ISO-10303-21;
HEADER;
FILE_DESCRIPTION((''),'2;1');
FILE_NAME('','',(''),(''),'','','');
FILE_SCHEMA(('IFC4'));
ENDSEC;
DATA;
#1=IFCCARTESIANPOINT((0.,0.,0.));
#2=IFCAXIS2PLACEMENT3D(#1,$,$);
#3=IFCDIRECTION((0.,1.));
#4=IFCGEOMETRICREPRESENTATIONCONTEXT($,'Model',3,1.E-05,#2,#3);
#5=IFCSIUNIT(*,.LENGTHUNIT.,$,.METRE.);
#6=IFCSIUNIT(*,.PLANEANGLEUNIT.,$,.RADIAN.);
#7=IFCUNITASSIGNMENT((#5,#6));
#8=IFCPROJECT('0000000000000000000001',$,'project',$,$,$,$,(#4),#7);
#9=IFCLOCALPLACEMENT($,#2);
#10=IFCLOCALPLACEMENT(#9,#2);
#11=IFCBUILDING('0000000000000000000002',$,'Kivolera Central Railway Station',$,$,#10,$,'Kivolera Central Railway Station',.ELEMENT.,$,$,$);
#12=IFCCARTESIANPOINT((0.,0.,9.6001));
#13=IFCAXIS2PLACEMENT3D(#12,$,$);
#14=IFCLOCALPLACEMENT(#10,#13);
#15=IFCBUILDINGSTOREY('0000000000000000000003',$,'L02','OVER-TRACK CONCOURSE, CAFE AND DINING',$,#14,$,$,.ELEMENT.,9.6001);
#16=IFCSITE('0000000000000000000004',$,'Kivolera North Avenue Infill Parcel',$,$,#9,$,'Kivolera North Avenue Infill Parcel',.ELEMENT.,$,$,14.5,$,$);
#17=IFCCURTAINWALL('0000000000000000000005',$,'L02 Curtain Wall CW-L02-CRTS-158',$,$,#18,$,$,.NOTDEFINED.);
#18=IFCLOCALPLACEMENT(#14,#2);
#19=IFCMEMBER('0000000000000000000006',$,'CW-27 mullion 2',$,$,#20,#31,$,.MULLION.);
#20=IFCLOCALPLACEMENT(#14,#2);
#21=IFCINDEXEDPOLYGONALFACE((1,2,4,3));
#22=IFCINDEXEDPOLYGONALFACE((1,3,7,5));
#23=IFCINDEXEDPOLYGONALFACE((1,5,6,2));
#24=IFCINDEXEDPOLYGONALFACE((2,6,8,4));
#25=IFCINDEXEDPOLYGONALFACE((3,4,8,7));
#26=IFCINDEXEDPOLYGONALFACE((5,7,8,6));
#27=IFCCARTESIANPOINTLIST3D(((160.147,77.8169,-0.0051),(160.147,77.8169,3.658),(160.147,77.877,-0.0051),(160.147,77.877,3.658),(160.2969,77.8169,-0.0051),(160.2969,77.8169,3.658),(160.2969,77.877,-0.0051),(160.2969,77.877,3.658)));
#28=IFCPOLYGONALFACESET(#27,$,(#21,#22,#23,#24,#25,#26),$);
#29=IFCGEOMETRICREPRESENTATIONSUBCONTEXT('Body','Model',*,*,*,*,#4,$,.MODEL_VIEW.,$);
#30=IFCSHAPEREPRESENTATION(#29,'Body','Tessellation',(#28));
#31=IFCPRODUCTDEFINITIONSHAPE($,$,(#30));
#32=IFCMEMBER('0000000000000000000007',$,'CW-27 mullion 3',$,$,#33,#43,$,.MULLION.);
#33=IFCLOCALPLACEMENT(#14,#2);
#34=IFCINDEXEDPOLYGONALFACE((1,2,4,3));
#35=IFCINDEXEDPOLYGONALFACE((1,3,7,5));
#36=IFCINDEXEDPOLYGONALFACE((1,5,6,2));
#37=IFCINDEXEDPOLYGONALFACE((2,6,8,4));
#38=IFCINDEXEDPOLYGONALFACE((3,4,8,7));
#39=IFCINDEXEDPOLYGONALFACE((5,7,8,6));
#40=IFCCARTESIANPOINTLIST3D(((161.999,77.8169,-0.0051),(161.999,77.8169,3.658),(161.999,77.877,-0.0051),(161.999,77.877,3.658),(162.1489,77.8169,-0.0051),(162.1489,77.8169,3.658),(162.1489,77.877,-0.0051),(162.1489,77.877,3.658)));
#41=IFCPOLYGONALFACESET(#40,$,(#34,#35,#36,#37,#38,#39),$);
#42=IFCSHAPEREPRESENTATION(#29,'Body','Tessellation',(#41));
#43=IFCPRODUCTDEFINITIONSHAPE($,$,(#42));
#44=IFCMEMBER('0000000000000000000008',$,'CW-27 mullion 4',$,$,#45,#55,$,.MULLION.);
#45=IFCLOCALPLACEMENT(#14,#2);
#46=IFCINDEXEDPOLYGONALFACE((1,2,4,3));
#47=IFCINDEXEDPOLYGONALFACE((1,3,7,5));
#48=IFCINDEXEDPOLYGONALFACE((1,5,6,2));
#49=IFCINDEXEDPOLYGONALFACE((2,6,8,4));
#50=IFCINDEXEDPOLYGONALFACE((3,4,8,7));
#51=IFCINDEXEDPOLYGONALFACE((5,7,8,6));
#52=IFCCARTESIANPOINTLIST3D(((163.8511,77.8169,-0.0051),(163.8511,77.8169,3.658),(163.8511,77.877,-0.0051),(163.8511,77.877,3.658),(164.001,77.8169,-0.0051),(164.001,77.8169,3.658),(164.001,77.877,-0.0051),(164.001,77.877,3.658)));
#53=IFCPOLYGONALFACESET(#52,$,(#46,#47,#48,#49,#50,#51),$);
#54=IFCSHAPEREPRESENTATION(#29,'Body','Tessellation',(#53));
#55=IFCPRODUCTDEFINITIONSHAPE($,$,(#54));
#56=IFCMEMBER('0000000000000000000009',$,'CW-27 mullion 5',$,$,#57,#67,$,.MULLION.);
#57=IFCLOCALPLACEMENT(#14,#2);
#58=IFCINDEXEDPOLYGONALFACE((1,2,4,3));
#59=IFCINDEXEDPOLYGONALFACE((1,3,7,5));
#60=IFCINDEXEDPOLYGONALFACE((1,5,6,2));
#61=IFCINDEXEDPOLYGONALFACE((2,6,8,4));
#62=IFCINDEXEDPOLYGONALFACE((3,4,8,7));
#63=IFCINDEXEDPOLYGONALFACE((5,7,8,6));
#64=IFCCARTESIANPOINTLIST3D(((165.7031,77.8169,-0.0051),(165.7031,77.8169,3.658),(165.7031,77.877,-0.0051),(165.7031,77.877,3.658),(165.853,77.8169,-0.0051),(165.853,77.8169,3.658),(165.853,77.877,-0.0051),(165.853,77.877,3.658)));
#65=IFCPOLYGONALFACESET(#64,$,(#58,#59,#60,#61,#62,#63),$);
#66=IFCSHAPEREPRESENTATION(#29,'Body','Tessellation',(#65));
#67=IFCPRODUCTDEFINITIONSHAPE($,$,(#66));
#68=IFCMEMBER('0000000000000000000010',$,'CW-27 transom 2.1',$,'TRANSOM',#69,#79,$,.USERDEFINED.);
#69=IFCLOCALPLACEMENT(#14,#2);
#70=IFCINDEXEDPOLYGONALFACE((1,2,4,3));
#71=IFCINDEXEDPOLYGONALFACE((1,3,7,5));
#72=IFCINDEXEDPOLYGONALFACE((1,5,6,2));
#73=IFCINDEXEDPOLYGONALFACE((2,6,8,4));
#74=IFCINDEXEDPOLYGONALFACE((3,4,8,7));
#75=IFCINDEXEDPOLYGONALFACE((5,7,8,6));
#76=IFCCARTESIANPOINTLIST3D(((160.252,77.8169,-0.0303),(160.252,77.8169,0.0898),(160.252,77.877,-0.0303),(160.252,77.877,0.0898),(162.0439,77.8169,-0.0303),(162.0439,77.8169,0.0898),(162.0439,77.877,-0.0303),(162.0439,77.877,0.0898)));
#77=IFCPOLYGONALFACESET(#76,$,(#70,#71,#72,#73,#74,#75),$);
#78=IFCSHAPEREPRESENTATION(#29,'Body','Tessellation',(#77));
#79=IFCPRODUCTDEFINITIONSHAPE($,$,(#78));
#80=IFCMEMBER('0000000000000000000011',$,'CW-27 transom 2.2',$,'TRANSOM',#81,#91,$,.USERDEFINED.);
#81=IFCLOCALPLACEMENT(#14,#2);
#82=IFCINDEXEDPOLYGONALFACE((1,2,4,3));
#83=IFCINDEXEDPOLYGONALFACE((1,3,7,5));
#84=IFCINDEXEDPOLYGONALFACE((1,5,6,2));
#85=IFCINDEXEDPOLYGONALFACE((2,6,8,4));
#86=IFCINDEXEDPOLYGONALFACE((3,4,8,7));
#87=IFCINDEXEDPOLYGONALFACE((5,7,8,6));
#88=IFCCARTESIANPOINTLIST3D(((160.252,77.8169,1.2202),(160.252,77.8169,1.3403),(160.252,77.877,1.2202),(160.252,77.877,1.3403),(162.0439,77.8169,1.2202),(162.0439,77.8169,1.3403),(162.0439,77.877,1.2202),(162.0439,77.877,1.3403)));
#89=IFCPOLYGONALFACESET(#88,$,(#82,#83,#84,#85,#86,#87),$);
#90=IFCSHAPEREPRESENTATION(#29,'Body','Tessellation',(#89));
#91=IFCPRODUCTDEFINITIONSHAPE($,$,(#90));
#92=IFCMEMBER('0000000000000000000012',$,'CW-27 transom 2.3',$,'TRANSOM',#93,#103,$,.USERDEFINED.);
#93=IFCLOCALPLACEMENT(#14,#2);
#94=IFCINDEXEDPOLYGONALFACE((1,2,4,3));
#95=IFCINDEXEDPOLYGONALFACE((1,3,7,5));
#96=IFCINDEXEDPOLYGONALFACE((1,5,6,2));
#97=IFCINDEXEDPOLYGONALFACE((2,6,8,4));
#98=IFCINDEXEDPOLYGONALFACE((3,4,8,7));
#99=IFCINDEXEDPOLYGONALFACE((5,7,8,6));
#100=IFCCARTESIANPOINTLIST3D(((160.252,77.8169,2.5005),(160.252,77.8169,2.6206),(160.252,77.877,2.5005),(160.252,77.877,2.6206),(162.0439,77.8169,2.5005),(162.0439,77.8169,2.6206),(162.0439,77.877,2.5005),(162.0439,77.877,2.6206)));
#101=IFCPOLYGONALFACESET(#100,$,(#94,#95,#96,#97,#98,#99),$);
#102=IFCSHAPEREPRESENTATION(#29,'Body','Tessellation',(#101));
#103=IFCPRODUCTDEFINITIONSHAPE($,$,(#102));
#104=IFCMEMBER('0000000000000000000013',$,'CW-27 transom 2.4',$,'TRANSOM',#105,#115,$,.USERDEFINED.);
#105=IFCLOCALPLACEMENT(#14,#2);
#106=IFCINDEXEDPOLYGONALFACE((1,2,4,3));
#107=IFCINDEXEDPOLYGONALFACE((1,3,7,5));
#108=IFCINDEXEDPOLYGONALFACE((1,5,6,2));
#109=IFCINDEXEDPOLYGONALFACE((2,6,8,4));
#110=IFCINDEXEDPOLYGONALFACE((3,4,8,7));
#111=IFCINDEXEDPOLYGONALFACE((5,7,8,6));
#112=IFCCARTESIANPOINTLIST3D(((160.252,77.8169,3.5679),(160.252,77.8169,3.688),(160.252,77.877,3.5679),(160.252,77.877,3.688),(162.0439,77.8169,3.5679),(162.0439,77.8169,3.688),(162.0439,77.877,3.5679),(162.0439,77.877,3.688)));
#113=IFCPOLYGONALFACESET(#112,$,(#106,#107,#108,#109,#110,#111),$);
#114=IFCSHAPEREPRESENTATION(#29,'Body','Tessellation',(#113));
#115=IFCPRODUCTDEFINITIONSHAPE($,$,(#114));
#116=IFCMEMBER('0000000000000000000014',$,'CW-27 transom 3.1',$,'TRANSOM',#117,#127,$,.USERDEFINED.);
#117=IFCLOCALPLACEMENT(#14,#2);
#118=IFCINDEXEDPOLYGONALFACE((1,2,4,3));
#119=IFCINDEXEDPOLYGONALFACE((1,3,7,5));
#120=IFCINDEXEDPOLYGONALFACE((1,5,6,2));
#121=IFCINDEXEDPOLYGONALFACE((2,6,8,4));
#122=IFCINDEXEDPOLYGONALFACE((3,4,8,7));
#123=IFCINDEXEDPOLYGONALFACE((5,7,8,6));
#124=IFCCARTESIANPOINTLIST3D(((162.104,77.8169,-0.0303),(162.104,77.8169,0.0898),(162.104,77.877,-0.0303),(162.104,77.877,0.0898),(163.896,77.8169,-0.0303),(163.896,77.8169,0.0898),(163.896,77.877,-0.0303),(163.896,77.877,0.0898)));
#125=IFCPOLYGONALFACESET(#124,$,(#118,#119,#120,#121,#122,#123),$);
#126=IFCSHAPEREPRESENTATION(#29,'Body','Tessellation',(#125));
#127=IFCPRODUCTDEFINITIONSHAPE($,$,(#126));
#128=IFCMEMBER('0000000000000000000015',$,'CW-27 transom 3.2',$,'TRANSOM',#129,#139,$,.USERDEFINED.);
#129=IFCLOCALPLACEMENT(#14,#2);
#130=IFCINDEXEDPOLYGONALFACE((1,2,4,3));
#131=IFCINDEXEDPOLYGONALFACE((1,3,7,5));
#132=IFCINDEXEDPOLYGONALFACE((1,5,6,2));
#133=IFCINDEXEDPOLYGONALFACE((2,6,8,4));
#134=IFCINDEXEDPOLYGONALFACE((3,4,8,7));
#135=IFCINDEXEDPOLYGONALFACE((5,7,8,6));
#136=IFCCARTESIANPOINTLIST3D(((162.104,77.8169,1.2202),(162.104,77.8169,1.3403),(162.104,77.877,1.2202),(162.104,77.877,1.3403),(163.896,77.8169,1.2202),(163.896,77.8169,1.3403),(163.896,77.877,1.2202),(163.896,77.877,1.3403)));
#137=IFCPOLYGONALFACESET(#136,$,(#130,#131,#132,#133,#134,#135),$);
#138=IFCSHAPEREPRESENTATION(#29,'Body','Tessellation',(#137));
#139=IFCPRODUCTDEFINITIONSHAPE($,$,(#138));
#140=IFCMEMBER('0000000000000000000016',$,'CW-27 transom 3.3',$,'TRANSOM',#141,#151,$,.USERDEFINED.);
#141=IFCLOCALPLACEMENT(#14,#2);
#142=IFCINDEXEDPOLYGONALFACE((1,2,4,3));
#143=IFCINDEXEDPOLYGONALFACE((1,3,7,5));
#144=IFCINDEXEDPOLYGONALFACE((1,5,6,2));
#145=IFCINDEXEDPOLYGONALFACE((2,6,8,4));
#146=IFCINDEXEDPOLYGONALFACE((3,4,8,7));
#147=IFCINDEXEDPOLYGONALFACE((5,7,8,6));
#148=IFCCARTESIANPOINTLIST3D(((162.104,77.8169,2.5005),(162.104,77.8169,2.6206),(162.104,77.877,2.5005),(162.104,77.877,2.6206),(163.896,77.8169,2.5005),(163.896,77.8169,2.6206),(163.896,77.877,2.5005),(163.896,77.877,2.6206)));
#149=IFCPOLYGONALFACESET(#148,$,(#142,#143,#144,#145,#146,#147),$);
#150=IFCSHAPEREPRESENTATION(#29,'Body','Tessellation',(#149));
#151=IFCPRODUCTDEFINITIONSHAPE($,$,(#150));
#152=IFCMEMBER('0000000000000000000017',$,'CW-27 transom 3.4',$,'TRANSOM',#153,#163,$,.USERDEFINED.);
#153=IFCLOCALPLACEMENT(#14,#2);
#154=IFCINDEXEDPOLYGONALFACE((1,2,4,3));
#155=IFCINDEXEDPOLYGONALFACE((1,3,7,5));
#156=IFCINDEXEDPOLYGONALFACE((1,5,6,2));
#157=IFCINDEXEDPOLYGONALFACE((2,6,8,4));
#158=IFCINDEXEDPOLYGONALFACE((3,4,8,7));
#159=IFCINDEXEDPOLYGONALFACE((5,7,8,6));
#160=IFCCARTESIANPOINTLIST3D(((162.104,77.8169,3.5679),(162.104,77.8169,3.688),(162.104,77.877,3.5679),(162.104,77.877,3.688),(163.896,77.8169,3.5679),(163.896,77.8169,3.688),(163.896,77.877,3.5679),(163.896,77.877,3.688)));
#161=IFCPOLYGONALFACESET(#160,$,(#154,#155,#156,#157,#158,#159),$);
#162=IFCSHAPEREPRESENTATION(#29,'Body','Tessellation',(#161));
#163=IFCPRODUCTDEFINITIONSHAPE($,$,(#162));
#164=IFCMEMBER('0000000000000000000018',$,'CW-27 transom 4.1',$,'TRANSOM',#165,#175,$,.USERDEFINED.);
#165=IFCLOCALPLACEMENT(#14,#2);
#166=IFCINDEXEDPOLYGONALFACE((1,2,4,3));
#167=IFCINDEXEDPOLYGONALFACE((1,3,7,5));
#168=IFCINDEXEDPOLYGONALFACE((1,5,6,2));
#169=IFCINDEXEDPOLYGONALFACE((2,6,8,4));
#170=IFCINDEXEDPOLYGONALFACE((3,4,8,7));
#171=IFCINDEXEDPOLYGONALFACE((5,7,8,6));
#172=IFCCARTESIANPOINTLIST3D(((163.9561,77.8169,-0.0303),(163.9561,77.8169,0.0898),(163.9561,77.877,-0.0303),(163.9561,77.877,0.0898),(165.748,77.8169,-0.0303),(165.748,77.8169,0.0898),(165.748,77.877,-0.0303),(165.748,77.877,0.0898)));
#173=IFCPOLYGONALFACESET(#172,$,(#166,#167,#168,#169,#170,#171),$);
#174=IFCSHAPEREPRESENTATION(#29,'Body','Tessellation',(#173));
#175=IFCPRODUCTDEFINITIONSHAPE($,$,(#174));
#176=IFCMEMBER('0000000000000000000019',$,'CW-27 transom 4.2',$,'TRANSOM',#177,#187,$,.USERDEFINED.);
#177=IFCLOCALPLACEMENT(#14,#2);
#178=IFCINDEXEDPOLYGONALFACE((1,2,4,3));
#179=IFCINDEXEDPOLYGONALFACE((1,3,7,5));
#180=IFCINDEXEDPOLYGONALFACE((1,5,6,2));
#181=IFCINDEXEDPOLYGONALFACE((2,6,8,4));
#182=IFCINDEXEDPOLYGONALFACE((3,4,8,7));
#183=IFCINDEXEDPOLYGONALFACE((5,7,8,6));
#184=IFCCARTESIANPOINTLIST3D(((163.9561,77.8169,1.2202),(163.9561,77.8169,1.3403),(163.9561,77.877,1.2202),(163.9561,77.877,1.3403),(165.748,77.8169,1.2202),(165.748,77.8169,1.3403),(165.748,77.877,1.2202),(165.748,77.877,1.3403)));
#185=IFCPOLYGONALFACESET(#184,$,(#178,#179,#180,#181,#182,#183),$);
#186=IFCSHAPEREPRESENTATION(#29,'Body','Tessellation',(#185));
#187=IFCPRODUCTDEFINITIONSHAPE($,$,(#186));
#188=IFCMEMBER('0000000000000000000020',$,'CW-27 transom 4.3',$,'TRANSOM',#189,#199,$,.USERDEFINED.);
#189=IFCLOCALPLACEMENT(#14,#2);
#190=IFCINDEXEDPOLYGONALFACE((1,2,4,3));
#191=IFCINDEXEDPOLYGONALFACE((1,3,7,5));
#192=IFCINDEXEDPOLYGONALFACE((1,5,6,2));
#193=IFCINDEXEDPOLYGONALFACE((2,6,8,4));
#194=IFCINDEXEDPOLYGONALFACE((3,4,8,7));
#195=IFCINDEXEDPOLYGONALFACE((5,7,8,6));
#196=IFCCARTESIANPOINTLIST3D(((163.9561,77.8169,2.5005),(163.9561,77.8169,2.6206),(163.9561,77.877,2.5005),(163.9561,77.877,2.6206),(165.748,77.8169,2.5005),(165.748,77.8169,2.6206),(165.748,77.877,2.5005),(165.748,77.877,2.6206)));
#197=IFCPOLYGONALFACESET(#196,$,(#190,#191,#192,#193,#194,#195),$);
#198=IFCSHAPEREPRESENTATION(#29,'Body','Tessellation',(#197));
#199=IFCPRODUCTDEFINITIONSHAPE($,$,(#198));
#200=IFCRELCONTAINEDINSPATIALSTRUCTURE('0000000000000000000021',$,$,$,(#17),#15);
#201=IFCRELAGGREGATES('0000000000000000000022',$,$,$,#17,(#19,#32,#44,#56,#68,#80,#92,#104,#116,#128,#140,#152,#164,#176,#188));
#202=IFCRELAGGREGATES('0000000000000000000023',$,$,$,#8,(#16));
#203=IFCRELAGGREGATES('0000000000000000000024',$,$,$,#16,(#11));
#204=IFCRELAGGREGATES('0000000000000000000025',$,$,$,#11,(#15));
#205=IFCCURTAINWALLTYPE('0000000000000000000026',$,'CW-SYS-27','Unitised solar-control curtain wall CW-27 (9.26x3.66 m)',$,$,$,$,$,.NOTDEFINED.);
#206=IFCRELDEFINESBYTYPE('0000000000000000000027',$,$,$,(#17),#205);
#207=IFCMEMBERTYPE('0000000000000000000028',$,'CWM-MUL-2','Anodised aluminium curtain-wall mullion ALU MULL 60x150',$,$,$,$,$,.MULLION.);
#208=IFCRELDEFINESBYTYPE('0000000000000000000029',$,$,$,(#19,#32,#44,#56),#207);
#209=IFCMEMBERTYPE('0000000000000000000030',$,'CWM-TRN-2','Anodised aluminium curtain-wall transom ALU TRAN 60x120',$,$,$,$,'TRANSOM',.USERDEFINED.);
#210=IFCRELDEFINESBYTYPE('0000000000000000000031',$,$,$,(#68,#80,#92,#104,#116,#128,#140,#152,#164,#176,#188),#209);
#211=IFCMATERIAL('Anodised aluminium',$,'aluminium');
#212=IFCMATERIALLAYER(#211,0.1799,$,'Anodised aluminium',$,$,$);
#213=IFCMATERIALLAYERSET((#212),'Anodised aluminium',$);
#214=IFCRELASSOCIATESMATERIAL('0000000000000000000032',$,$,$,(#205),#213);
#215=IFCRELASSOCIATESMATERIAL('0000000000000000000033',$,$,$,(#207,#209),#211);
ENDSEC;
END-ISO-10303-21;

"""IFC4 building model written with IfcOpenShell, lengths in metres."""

from ifc_helpers import new_model, si_unit, direction, frame, origin, origin_2d, place, context, subcontext, project, spatial, rectangle, extrude, material, layer, layer_set, material_profile, profile_set, type_object, element, aggregate, save


model = new_model("IFC4")

# Units and contexts
model_context = context("Model", 3, precision=1e-05, world=origin(), true_north=direction((0.0, 1.0)))
body_context = subcontext(model_context, "Body", "Model", "MODEL_VIEW")
ifc_project = project(units=[si_unit("LENGTHUNIT", "METRE"), si_unit("PLANEANGLEUNIT", "RADIAN")], contexts=[model_context])

# Site, building, storey
site_placement = place(None, origin())
site = spatial("IfcSite", under=ifc_project, at=site_placement, Name="Kivolera North Avenue Infill Parcel", LongName="Kivolera North Avenue Infill Parcel", CompositionType="ELEMENT", RefElevation=14.5)
building_placement = place(site_placement, origin())
building = spatial("IfcBuilding", under=site, at=building_placement, Name="Kivolera Central Railway Station", LongName="Kivolera Central Railway Station", CompositionType="ELEMENT")
storey_placement = place(building_placement, frame((0.0, 0.0, 9.6001)))
storey = spatial("IfcBuildingStorey", under=building, at=storey_placement, Name="L02", Description="OVER-TRACK CONCOURSE, CAFE AND DINING", CompositionType="ELEMENT", Elevation=9.6001)

# Curtain wall, members
ifc_material_1 = material(Name="Anodised aluminium", Category="aluminium")
ifc_layer_1 = layer(ifc_material_1, 0.1799, Name="Anodised aluminium")
ifc_layer_set_1 = layer_set([ifc_layer_1], Name="Anodised aluminium")
curtain_wall_type = type_object("IfcCurtainWallType", Name="CW-SYS-27", Description="Unitised solar-control curtain wall CW-27 (9.26x3.66 m)", PredefinedType="NOTDEFINED", material=ifc_layer_set_1)
curtain_wall_placement = place(storey_placement, origin())
curtain_wall = element("IfcCurtainWall", 1, at=curtain_wall_placement, inside=storey, type_object=curtain_wall_type, Name="L02 Curtain Wall CW-L02-CRTS-158", PredefinedType="NOTDEFINED")
ifc_material_profile_1 = material_profile(ifc_material_1, rectangle(XDim=0.0601, YDim=0.1499, at=origin_2d()), Name="ALU MULL 60x150")
ifc_profile_set_1 = profile_set([ifc_material_profile_1], Name="Anodised aluminium")
member_type_1 = type_object("IfcMemberType", Name="CWM-MUL-2", Description="Anodised aluminium curtain-wall mullion ALU MULL 60x150", PredefinedType="MULLION", material=ifc_profile_set_1)
member_1_placement = place(storey_placement, frame((160.2219, 77.8469, -0.0051), z_axis=(0.0, 0.0, 1.0), x_axis=(0.0, 1.0, 0.0)))
member_1 = element("IfcMember", 2, at=member_1_placement, type_object=member_type_1, Name="CW-27 mullion 2", PredefinedType="MULLION", context=body_context, shape_type="SweptSolid", body=[
    extrude(rectangle(XDim=0.0601, YDim=0.1499, at=origin_2d()), origin(), (0.0, 0.0, 1.0), 3.6631),
])
member_2_placement = place(storey_placement, frame((162.074, 77.8469, -0.0051), z_axis=(0.0, 0.0, 1.0), x_axis=(0.0, 1.0, 0.0)))
member_2 = element("IfcMember", 3, at=member_2_placement, type_object=member_type_1, Name="CW-27 mullion 3", PredefinedType="MULLION", context=body_context, shape_type="SweptSolid", body=[
    extrude(rectangle(XDim=0.0601, YDim=0.1499, at=origin_2d()), origin(), (0.0, 0.0, 1.0), 3.6631),
])
member_3_placement = place(storey_placement, frame((163.926, 77.8469, -0.0051), z_axis=(0.0, 0.0, 1.0), x_axis=(0.0, 1.0, 0.0)))
member_3 = element("IfcMember", 4, at=member_3_placement, type_object=member_type_1, Name="CW-27 mullion 4", PredefinedType="MULLION", context=body_context, shape_type="SweptSolid", body=[
    extrude(rectangle(XDim=0.0601, YDim=0.1499, at=origin_2d()), origin(), (0.0, 0.0, 1.0), 3.6631),
])
member_4_placement = place(storey_placement, frame((165.7781, 77.8469, -0.0051), z_axis=(0.0, 0.0, 1.0), x_axis=(0.0, 1.0, 0.0)))
member_4 = element("IfcMember", 5, at=member_4_placement, type_object=member_type_1, Name="CW-27 mullion 5", PredefinedType="MULLION", context=body_context, shape_type="SweptSolid", body=[
    extrude(rectangle(XDim=0.0601, YDim=0.1499, at=origin_2d()), origin(), (0.0, 0.0, 1.0), 3.6631),
])
ifc_material_profile_2 = material_profile(ifc_material_1, rectangle(XDim=0.0601, YDim=0.1201, at=origin_2d()), Name="ALU TRAN 60x120")
ifc_profile_set_2 = profile_set([ifc_material_profile_2], Name="Anodised aluminium")
member_type_2 = type_object("IfcMemberType", Name="CWM-TRN-2", Description="Anodised aluminium curtain-wall transom ALU TRAN 60x120", ElementType="TRANSOM", PredefinedType="USERDEFINED", material=ifc_profile_set_2)
member_5_placement = place(storey_placement, frame((160.252, 77.8469, 0.0298), z_axis=(1.0, 0.0, 0.0), x_axis=(0.0, 1.0, 0.0)))
member_5 = element("IfcMember", 6, at=member_5_placement, type_object=member_type_2, Name="CW-27 transom 2.1", ObjectType="TRANSOM", PredefinedType="USERDEFINED", context=body_context, shape_type="SweptSolid", body=[
    extrude(rectangle(XDim=0.0601, YDim=0.1201, at=origin_2d()), origin(), (0.0, 0.0, 1.0), 1.792),
])
member_6_placement = place(storey_placement, frame((160.252, 77.8469, 1.2803), z_axis=(1.0, 0.0, 0.0), x_axis=(0.0, 1.0, 0.0)))
member_6 = element("IfcMember", 7, at=member_6_placement, type_object=member_type_2, Name="CW-27 transom 2.2", ObjectType="TRANSOM", PredefinedType="USERDEFINED", context=body_context, shape_type="SweptSolid", body=[
    extrude(rectangle(XDim=0.0601, YDim=0.1201, at=origin_2d()), origin(), (0.0, 0.0, 1.0), 1.792),
])
member_7_placement = place(storey_placement, frame((160.252, 77.8469, 2.5605), z_axis=(1.0, 0.0, 0.0), x_axis=(0.0, 1.0, 0.0)))
member_7 = element("IfcMember", 8, at=member_7_placement, type_object=member_type_2, Name="CW-27 transom 2.3", ObjectType="TRANSOM", PredefinedType="USERDEFINED", context=body_context, shape_type="SweptSolid", body=[
    extrude(rectangle(XDim=0.0601, YDim=0.1201, at=origin_2d()), origin(), (0.0, 0.0, 1.0), 1.792),
])
member_8_placement = place(storey_placement, frame((160.252, 77.8469, 3.6279), z_axis=(1.0, 0.0, 0.0), x_axis=(0.0, 1.0, 0.0)))
member_8 = element("IfcMember", 9, at=member_8_placement, type_object=member_type_2, Name="CW-27 transom 2.4", ObjectType="TRANSOM", PredefinedType="USERDEFINED", context=body_context, shape_type="SweptSolid", body=[
    extrude(rectangle(XDim=0.0601, YDim=0.1201, at=origin_2d()), origin(), (0.0, 0.0, 1.0), 1.792),
])
member_9_placement = place(storey_placement, frame((162.104, 77.8469, 0.0298), z_axis=(1.0, 0.0, 0.0), x_axis=(0.0, 1.0, 0.0)))
member_9 = element("IfcMember", 10, at=member_9_placement, type_object=member_type_2, Name="CW-27 transom 3.1", ObjectType="TRANSOM", PredefinedType="USERDEFINED", context=body_context, shape_type="SweptSolid", body=[
    extrude(rectangle(XDim=0.0601, YDim=0.1201, at=origin_2d()), origin(), (0.0, 0.0, 1.0), 1.792),
])
member_10_placement = place(storey_placement, frame((162.104, 77.8469, 1.2803), z_axis=(1.0, 0.0, 0.0), x_axis=(0.0, 1.0, 0.0)))
member_10 = element("IfcMember", 11, at=member_10_placement, type_object=member_type_2, Name="CW-27 transom 3.2", ObjectType="TRANSOM", PredefinedType="USERDEFINED", context=body_context, shape_type="SweptSolid", body=[
    extrude(rectangle(XDim=0.0601, YDim=0.1201, at=origin_2d()), origin(), (0.0, 0.0, 1.0), 1.792),
])
member_11_placement = place(storey_placement, frame((162.104, 77.8469, 2.5605), z_axis=(1.0, 0.0, 0.0), x_axis=(0.0, 1.0, 0.0)))
member_11 = element("IfcMember", 12, at=member_11_placement, type_object=member_type_2, Name="CW-27 transom 3.3", ObjectType="TRANSOM", PredefinedType="USERDEFINED", context=body_context, shape_type="SweptSolid", body=[
    extrude(rectangle(XDim=0.0601, YDim=0.1201, at=origin_2d()), origin(), (0.0, 0.0, 1.0), 1.792),
])
member_12_placement = place(storey_placement, frame((162.104, 77.8469, 3.6279), z_axis=(1.0, 0.0, 0.0), x_axis=(0.0, 1.0, 0.0)))
member_12 = element("IfcMember", 13, at=member_12_placement, type_object=member_type_2, Name="CW-27 transom 3.4", ObjectType="TRANSOM", PredefinedType="USERDEFINED", context=body_context, shape_type="SweptSolid", body=[
    extrude(rectangle(XDim=0.0601, YDim=0.1201, at=origin_2d()), origin(), (0.0, 0.0, 1.0), 1.792),
])
member_13_placement = place(storey_placement, frame((163.9561, 77.8469, 0.0298), z_axis=(1.0, 0.0, 0.0), x_axis=(0.0, 1.0, 0.0)))
member_13 = element("IfcMember", 14, at=member_13_placement, type_object=member_type_2, Name="CW-27 transom 4.1", ObjectType="TRANSOM", PredefinedType="USERDEFINED", context=body_context, shape_type="SweptSolid", body=[
    extrude(rectangle(XDim=0.0601, YDim=0.1201, at=origin_2d()), origin(), (0.0, 0.0, 1.0), 1.792),
])
member_14_placement = place(storey_placement, frame((163.9561, 77.8469, 1.2803), z_axis=(1.0, 0.0, 0.0), x_axis=(0.0, 1.0, 0.0)))
member_14 = element("IfcMember", 15, at=member_14_placement, type_object=member_type_2, Name="CW-27 transom 4.2", ObjectType="TRANSOM", PredefinedType="USERDEFINED", context=body_context, shape_type="SweptSolid", body=[
    extrude(rectangle(XDim=0.0601, YDim=0.1201, at=origin_2d()), origin(), (0.0, 0.0, 1.0), 1.792),
])
member_15_placement = place(storey_placement, frame((163.9561, 77.8469, 2.5605), z_axis=(1.0, 0.0, 0.0), x_axis=(0.0, 1.0, 0.0)))
member_15 = element("IfcMember", 16, at=member_15_placement, type_object=member_type_2, Name="CW-27 transom 4.3", ObjectType="TRANSOM", PredefinedType="USERDEFINED", context=body_context, shape_type="SweptSolid", body=[
    extrude(rectangle(XDim=0.0601, YDim=0.1201, at=origin_2d()), origin(), (0.0, 0.0, 1.0), 1.792),
])
aggregate(curtain_wall, [member_1, member_2, member_3, member_4, member_5, member_6, member_7, member_8, member_9, member_10, member_11, member_12, member_13, member_14, member_15])

save(model, "model.ifc")
